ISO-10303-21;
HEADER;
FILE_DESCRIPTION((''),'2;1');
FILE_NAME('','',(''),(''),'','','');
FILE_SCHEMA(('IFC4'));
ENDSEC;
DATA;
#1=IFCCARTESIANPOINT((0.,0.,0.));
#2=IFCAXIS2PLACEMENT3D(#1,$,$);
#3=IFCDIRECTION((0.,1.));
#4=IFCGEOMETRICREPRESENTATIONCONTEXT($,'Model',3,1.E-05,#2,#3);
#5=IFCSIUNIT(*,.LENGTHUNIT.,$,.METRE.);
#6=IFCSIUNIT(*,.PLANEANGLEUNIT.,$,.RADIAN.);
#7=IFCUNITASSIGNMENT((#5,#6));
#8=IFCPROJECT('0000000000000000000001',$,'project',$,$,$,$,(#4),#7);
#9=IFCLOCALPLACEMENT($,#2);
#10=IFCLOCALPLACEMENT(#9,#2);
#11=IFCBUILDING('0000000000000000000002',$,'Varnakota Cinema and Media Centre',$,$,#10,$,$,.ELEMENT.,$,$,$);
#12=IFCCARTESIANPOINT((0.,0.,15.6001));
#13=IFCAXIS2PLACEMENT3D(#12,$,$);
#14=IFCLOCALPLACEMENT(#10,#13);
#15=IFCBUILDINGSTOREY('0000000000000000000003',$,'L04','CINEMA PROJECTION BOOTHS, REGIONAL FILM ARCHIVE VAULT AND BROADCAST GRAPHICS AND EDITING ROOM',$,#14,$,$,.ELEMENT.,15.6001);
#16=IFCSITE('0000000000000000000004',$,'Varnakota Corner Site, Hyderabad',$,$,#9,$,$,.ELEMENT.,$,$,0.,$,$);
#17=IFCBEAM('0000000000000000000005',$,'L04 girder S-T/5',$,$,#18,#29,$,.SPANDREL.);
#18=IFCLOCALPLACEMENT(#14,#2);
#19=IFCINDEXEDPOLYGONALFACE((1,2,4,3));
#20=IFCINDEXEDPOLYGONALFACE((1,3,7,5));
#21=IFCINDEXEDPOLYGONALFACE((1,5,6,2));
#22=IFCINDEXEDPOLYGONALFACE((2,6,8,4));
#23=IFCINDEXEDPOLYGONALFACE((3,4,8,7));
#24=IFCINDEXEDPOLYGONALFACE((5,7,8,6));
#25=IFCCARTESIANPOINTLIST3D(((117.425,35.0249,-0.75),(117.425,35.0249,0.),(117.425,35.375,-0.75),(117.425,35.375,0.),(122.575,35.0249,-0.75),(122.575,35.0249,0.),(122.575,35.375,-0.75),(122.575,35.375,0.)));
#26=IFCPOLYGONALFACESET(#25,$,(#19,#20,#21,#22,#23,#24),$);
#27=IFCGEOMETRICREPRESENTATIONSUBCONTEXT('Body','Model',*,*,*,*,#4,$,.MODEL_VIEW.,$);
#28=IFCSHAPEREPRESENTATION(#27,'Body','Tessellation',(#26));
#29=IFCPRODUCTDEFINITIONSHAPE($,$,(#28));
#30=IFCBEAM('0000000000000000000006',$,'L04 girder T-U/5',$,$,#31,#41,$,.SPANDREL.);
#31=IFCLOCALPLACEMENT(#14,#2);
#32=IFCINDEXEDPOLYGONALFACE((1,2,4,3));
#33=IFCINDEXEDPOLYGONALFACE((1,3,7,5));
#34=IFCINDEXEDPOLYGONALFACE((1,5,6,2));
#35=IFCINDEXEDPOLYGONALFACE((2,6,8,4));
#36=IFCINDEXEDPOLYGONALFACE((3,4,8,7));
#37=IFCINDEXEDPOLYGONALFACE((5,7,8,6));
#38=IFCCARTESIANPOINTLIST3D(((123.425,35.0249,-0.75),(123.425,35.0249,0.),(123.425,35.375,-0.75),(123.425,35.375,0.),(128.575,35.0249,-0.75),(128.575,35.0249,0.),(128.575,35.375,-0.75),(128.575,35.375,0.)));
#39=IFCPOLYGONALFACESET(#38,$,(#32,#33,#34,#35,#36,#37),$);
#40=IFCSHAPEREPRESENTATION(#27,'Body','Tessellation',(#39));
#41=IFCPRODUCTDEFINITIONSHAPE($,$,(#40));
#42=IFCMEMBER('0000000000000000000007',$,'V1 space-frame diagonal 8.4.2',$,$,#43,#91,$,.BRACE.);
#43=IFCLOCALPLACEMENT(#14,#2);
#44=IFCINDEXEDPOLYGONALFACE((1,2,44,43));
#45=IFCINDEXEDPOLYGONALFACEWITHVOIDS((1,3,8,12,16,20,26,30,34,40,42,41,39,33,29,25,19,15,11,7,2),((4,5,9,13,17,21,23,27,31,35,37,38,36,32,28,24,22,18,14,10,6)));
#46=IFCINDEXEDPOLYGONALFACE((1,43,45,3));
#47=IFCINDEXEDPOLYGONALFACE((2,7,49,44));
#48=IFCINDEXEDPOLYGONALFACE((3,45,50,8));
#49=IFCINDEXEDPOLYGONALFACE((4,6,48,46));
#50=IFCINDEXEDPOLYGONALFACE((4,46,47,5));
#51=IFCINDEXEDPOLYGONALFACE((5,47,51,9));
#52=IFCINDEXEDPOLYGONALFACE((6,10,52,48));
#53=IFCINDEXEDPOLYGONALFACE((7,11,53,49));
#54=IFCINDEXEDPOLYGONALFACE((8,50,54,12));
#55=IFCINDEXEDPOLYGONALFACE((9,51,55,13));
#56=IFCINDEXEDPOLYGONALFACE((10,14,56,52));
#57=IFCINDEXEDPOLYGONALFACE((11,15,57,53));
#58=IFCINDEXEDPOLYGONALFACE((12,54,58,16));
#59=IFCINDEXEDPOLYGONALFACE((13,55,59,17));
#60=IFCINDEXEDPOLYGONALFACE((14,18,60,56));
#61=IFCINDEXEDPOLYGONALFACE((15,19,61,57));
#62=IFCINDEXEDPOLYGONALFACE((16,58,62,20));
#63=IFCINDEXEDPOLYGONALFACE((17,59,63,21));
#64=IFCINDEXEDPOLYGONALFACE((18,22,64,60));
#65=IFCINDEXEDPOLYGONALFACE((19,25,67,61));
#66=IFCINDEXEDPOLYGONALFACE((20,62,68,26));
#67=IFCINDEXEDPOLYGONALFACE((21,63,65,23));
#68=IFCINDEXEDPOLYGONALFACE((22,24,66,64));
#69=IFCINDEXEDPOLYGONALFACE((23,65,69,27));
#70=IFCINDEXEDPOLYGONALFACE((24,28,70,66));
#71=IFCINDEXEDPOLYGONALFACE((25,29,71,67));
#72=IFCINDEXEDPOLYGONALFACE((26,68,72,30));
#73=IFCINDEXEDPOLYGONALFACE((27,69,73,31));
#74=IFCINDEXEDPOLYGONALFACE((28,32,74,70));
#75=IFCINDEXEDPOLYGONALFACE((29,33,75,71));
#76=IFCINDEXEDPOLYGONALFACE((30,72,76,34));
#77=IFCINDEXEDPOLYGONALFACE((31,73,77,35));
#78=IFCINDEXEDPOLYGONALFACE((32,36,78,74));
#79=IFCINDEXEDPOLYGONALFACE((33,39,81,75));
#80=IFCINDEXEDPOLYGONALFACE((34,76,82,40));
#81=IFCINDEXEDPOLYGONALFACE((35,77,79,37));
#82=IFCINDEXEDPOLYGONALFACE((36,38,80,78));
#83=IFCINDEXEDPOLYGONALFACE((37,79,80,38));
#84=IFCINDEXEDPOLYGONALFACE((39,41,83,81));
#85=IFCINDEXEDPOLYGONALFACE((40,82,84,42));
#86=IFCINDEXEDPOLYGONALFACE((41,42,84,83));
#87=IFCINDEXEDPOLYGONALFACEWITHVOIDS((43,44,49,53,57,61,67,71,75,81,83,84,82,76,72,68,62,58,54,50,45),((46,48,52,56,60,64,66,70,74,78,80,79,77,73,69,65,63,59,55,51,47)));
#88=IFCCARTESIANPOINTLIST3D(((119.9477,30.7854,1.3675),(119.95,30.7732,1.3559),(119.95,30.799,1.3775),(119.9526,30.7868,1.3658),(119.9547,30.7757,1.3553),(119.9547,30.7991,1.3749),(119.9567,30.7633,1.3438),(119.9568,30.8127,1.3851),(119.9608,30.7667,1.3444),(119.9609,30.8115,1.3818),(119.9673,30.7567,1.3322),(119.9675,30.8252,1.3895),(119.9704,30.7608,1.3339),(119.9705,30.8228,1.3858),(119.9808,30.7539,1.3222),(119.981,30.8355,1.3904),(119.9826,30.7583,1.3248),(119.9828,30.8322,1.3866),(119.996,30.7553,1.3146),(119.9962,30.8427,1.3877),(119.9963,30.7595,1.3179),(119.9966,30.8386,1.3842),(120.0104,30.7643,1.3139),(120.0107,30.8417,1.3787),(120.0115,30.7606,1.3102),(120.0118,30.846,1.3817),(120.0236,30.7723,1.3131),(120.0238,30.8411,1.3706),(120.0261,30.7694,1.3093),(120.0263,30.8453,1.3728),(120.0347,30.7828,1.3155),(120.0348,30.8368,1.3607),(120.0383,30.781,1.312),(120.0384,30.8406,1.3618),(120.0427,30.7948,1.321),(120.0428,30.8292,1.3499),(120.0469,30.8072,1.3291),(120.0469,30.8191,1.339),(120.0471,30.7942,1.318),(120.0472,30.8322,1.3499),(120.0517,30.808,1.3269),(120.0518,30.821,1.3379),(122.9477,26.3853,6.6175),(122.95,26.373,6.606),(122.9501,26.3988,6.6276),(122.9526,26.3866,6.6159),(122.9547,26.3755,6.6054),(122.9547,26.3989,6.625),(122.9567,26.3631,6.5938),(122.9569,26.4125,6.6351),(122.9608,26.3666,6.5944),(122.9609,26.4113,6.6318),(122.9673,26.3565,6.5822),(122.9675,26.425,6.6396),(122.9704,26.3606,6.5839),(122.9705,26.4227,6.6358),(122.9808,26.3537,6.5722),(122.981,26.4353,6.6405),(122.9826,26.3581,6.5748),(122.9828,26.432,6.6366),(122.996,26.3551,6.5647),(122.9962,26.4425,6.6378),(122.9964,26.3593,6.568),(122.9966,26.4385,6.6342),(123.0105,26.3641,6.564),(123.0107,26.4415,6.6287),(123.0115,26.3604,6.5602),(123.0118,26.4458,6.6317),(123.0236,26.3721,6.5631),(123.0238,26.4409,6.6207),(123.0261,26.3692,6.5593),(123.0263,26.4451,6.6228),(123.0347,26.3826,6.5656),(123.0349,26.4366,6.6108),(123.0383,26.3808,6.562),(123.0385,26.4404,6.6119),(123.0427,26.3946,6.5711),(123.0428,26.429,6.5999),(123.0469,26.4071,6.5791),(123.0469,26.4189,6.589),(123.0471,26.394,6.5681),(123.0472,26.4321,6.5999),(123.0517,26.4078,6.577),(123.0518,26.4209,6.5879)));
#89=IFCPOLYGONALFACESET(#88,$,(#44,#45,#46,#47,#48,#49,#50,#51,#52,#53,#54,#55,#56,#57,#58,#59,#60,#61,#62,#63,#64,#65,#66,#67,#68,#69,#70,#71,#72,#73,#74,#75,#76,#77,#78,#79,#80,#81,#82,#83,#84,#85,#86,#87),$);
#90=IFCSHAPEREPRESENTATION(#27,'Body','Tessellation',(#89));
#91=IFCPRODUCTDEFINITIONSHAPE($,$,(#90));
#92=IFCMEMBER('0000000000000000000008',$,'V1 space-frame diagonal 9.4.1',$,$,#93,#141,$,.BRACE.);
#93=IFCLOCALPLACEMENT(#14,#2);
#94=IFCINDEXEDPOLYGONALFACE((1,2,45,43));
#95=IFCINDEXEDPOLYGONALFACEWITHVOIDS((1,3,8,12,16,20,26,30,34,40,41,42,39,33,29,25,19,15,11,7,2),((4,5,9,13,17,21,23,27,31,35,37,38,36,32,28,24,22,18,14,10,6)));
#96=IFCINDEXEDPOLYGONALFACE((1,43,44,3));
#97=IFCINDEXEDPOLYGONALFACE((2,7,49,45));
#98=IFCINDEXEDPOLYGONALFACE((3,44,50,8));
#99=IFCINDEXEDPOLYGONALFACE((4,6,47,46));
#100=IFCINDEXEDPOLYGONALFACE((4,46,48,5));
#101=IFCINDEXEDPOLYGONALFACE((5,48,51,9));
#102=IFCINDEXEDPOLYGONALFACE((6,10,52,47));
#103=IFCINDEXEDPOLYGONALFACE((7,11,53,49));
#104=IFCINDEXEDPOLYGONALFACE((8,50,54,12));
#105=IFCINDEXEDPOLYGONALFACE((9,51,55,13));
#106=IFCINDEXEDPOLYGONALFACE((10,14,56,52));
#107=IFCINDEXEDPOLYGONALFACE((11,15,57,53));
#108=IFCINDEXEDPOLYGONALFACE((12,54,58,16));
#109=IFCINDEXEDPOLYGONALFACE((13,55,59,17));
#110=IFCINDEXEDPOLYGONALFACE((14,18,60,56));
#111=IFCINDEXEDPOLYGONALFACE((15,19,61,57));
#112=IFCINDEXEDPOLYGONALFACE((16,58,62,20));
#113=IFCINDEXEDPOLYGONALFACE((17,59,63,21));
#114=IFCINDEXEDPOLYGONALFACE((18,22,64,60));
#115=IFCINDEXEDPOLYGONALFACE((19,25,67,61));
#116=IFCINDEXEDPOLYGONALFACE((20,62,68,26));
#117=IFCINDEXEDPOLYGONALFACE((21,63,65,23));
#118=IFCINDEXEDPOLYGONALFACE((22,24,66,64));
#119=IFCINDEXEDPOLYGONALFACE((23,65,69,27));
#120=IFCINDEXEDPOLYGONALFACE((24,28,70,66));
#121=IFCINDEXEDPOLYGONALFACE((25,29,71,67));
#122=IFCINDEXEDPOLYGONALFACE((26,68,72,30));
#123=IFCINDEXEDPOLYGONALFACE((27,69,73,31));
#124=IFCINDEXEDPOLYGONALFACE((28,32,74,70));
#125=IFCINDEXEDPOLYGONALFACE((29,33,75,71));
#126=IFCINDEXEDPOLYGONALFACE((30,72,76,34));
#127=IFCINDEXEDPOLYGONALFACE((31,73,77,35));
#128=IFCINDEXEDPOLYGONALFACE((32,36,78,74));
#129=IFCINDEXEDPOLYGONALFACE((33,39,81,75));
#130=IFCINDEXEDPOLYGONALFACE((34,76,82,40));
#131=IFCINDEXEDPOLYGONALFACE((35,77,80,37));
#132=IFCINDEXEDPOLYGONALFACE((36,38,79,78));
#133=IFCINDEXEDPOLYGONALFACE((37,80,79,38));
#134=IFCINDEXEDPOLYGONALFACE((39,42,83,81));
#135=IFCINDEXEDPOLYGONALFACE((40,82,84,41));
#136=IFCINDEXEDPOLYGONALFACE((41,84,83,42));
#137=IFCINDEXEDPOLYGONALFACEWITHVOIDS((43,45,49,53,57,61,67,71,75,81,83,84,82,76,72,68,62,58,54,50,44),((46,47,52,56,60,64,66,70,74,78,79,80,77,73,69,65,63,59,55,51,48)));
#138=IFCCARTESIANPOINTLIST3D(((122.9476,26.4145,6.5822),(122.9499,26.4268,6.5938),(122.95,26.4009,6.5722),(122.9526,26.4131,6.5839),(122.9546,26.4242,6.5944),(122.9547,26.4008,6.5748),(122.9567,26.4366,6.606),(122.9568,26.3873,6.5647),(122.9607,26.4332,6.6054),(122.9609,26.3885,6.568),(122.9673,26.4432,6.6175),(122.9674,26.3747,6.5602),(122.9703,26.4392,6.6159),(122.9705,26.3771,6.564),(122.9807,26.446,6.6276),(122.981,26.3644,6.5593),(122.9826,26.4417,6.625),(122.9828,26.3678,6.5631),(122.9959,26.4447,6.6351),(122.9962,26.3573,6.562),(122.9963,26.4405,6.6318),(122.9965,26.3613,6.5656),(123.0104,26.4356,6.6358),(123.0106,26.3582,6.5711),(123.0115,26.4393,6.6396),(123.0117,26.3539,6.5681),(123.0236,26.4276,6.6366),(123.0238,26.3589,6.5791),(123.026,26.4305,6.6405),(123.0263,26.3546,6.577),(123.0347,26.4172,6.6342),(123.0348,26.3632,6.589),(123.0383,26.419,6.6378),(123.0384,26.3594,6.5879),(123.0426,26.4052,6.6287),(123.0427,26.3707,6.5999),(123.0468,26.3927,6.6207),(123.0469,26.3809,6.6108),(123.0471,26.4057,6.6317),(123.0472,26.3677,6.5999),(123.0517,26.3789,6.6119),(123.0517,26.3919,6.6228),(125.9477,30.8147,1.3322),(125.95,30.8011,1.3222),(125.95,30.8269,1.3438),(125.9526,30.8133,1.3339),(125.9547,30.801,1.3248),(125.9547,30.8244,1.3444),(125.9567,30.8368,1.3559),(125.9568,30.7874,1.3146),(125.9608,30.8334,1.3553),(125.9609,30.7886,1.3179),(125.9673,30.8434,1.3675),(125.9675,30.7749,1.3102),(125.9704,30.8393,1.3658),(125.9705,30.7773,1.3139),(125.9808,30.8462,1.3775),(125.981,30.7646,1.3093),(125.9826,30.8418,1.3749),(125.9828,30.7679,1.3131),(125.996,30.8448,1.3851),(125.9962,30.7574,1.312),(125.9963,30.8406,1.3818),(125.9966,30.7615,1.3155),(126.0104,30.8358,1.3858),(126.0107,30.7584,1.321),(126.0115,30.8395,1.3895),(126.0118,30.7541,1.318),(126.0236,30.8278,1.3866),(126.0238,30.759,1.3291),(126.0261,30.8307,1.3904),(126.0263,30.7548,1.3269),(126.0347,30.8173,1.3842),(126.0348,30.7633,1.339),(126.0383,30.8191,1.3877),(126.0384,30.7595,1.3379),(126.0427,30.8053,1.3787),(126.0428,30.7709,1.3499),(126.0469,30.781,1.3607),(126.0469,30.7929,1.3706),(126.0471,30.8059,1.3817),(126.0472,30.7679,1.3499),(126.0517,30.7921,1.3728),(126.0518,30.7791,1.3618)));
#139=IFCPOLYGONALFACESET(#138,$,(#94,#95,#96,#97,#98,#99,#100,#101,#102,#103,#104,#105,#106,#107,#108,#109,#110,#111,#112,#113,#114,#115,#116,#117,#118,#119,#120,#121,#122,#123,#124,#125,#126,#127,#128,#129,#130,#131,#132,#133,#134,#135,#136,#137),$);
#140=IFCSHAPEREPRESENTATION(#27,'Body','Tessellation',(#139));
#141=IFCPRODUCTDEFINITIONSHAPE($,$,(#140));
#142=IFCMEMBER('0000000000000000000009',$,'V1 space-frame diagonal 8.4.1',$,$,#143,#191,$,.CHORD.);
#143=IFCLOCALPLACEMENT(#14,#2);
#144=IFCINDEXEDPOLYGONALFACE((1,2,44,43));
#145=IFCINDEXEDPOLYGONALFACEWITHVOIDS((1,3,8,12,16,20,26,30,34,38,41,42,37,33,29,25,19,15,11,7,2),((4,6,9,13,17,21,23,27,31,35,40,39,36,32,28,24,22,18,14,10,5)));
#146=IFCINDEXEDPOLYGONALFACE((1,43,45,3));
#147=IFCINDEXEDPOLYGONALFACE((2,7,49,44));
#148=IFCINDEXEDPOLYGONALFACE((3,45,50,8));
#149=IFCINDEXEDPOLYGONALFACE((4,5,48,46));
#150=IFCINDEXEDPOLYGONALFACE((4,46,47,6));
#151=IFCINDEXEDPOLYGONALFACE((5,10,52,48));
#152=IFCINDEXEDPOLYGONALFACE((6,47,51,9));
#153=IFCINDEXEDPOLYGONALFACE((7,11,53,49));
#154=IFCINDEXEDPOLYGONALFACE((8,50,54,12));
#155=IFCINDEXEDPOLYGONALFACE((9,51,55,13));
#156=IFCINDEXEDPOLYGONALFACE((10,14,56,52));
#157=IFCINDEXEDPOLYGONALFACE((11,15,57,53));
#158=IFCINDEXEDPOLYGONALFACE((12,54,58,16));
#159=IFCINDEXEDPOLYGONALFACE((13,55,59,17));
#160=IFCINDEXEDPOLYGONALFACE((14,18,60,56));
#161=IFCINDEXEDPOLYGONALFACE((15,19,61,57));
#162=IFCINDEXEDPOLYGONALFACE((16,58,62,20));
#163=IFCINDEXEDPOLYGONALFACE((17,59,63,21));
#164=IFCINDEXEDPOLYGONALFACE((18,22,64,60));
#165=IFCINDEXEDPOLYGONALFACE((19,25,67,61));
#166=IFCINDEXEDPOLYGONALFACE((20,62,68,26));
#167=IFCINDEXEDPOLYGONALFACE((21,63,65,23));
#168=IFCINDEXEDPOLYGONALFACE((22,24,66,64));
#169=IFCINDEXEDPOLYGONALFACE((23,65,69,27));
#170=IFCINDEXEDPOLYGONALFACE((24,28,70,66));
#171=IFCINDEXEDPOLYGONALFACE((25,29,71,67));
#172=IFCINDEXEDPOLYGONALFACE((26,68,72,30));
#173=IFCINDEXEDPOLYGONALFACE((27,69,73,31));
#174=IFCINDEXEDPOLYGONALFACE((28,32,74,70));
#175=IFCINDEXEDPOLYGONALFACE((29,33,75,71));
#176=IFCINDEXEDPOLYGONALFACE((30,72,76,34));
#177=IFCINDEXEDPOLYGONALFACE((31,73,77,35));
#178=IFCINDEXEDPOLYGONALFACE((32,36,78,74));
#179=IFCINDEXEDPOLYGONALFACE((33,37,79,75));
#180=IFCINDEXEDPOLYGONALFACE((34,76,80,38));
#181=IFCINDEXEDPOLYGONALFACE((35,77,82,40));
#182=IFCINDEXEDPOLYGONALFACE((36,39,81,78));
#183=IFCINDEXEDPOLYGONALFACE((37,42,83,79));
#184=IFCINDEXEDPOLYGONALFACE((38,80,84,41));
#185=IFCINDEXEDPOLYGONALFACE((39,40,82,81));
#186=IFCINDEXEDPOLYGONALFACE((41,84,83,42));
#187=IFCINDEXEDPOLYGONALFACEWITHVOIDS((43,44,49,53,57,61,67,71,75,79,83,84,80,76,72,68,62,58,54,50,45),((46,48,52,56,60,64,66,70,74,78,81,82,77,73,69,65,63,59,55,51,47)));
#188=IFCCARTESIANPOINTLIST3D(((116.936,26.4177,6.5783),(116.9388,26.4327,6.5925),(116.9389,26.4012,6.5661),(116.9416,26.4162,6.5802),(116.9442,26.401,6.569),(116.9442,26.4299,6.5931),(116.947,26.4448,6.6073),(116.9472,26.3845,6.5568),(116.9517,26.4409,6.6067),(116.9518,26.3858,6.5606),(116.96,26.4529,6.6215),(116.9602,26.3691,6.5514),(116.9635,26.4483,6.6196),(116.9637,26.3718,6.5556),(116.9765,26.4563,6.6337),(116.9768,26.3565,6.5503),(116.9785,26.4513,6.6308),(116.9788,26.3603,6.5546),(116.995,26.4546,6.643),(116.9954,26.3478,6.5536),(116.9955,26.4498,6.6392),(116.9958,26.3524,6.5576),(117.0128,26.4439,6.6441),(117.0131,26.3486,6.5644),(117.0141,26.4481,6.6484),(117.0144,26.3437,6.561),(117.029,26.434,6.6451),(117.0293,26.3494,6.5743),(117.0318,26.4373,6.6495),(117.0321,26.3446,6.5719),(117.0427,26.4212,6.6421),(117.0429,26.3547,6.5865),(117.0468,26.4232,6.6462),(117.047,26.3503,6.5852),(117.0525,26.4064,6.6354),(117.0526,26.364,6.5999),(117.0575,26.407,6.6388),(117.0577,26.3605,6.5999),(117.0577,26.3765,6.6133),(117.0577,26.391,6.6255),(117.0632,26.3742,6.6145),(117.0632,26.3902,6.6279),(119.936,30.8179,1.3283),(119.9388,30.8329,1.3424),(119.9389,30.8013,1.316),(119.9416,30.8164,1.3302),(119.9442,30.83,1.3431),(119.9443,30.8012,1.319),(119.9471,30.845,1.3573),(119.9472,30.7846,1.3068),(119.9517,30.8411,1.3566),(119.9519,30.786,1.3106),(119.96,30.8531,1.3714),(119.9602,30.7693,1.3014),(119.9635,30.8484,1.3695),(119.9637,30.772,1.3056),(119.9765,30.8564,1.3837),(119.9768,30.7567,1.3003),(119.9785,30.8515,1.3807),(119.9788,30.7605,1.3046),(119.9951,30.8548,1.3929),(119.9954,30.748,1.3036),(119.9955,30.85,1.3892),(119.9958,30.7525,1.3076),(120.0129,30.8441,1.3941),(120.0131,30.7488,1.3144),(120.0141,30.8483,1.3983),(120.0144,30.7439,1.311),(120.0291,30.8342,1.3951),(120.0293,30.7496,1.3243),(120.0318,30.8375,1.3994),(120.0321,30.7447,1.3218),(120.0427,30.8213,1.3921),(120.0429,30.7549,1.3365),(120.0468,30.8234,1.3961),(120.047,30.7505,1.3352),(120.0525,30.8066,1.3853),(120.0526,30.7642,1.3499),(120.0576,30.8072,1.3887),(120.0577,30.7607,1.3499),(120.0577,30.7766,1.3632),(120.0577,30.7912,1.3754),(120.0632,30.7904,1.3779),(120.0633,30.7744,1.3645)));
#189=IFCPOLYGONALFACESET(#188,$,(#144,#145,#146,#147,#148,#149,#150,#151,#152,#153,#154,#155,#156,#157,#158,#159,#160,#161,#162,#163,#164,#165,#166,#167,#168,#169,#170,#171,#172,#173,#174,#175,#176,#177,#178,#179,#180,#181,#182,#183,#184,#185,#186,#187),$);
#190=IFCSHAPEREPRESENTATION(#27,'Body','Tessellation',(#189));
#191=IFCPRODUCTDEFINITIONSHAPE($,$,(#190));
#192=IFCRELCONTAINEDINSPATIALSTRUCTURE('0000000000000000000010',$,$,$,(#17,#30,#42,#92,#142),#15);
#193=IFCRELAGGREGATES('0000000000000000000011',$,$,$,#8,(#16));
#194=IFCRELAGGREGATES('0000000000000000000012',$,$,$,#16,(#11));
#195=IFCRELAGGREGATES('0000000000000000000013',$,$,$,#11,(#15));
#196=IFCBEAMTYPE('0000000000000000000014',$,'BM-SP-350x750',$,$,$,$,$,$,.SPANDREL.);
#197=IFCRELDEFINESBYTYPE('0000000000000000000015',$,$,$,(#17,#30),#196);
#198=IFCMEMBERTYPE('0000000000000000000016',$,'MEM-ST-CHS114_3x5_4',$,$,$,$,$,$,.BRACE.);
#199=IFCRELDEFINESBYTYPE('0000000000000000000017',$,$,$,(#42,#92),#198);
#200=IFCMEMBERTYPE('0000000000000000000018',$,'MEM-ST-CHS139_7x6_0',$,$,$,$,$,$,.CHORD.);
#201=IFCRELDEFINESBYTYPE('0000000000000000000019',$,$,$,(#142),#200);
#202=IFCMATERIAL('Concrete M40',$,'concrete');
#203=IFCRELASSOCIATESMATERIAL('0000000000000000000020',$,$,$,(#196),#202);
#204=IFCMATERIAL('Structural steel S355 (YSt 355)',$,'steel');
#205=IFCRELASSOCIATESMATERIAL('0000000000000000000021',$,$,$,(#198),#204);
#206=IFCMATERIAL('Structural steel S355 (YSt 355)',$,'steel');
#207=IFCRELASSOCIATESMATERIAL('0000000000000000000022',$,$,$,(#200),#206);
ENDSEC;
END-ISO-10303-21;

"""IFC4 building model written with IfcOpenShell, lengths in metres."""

from ifc_helpers import new_model, si_unit, direction, frame, origin, origin_2d, place, context, subcontext, project, spatial, rectangle, hollow_circle, extrude, material, material_profile, profile_set, type_object, element, save


model = new_model("IFC4")

# Units and contexts
model_context = context("Model", 3, precision=1e-05, world=origin(), true_north=direction((0.0, 1.0)))
body_context = subcontext(model_context, "Body", "Model", "MODEL_VIEW")
ifc_project = project(units=[si_unit("LENGTHUNIT", "METRE"), si_unit("PLANEANGLEUNIT", "RADIAN")], contexts=[model_context])

# Site, building, storey
site_placement = place(None, origin())
site = spatial("IfcSite", under=ifc_project, at=site_placement, Name="Varnakota Corner Site, Hyderabad", CompositionType="ELEMENT", RefElevation=0.0)
building_placement = place(site_placement, origin())
building = spatial("IfcBuilding", under=site, at=building_placement, Name="Varnakota Cinema and Media Centre", CompositionType="ELEMENT")
storey_placement = place(building_placement, frame((0.0, 0.0, 15.6001)))
storey = spatial("IfcBuildingStorey", under=building, at=storey_placement, Name="L04", Description="CINEMA PROJECTION BOOTHS, REGIONAL FILM ARCHIVE VAULT AND BROADCAST GRAPHICS AND EDITING ROOM", CompositionType="ELEMENT", Elevation=15.6001)

# Beams
ifc_material_1 = material(Name="Concrete M40", Category="concrete")
ifc_material_profile_1 = material_profile(ifc_material_1, rectangle(XDim=0.3501, YDim=0.75, at=origin_2d()), Name="RCB 350x750")
ifc_profile_set_1 = profile_set([ifc_material_profile_1], Name="Concrete M40")
beam_type = type_object("IfcBeamType", Name="BM-SP-350x750", PredefinedType="SPANDREL", material=ifc_profile_set_1)
for number, where, z_axis, x_axis, name in (
    (1, (117.425, 35.2, -0.375), (1.0, 0.0, 0.0), (0.0, 1.0, 0.0), "L04 girder S-T/5"),
    (2, (123.425, 35.2, -0.375), (1.0, 0.0, 0.0), (0.0, 1.0, 0.0), "L04 girder T-U/5"),
):
    element("IfcBeam", number, at=place(storey_placement, frame(where, z_axis=z_axis, x_axis=x_axis)), inside=storey, type_object=beam_type, Name=name, PredefinedType="SPANDREL", context=body_context, shape_type="SweptSolid", body=[
        extrude(rectangle(XDim=0.3501, YDim=0.75, at=origin_2d()), origin(), (0.0, 0.0, 1.0), 5.1499),
    ])

# Members
ifc_material_2 = material(Name="Structural steel S355 (YSt 355)", Category="steel")
ifc_material_profile_2 = material_profile(ifc_material_2, hollow_circle(Radius=0.0571, WallThickness=0.0054, at=origin_2d()), Name="CHS 114.3x5.4")
ifc_profile_set_2 = profile_set([ifc_material_profile_2], Name="Structural steel S355 (YSt 355)")
member_type_1 = type_object("IfcMemberType", Name="MEM-ST-CHS114_3x5_4", PredefinedType="BRACE", material=ifc_profile_set_2)
for number, where, z_axis, x_axis, name in (
    (3, (120.0, 30.8, 1.3499), (0.401165, -0.588395, 0.702039), (0.826236, 0.563324, 0.0), "V1 space-frame diagonal 8.4.2"),
    (4, (126.0, 30.8, 1.3499), (-0.401165, -0.588395, 0.702039), (0.826236, -0.563324, 0.0), "V1 space-frame diagonal 9.4.1"),
):
    element("IfcMember", number, at=place(storey_placement, frame(where, z_axis=z_axis, x_axis=x_axis)), inside=storey, type_object=member_type_1, Name=name, PredefinedType="BRACE", context=body_context, shape_type="SweptSolid", body=[
        extrude(hollow_circle(Radius=0.0571, WallThickness=0.0054, at=origin_2d()), origin(), (0.0, 0.0, 1.0), 7.4783),
    ])
ifc_material_3 = material(Name="Structural steel S355 (YSt 355)", Category="steel")
ifc_material_profile_3 = material_profile(ifc_material_3, hollow_circle(Radius=0.0698, WallThickness=0.0061, at=origin_2d()), Name="CHS 139.7x6.0")
ifc_profile_set_3 = profile_set([ifc_material_profile_3], Name="Structural steel S355 (YSt 355)")
member_type_2 = type_object("IfcMemberType", Name="MEM-ST-CHS139_7x6_0", PredefinedType="CHORD", material=ifc_profile_set_3)
member_1_placement = place(storey_placement, frame((120.0, 30.8, 1.3499), z_axis=(-0.401165, -0.588395, 0.702039), x_axis=(0.826236, -0.563324, 0.0)))
element("IfcMember", 5, at=member_1_placement, inside=storey, type_object=member_type_2, Name="V1 space-frame diagonal 8.4.1", PredefinedType="CHORD", context=body_context, shape_type="SweptSolid", body=[
    extrude(hollow_circle(Radius=0.0698, WallThickness=0.0061, at=origin_2d()), origin(), (0.0, 0.0, 1.0), 7.4783),
])

save(model, "model.ifc")
